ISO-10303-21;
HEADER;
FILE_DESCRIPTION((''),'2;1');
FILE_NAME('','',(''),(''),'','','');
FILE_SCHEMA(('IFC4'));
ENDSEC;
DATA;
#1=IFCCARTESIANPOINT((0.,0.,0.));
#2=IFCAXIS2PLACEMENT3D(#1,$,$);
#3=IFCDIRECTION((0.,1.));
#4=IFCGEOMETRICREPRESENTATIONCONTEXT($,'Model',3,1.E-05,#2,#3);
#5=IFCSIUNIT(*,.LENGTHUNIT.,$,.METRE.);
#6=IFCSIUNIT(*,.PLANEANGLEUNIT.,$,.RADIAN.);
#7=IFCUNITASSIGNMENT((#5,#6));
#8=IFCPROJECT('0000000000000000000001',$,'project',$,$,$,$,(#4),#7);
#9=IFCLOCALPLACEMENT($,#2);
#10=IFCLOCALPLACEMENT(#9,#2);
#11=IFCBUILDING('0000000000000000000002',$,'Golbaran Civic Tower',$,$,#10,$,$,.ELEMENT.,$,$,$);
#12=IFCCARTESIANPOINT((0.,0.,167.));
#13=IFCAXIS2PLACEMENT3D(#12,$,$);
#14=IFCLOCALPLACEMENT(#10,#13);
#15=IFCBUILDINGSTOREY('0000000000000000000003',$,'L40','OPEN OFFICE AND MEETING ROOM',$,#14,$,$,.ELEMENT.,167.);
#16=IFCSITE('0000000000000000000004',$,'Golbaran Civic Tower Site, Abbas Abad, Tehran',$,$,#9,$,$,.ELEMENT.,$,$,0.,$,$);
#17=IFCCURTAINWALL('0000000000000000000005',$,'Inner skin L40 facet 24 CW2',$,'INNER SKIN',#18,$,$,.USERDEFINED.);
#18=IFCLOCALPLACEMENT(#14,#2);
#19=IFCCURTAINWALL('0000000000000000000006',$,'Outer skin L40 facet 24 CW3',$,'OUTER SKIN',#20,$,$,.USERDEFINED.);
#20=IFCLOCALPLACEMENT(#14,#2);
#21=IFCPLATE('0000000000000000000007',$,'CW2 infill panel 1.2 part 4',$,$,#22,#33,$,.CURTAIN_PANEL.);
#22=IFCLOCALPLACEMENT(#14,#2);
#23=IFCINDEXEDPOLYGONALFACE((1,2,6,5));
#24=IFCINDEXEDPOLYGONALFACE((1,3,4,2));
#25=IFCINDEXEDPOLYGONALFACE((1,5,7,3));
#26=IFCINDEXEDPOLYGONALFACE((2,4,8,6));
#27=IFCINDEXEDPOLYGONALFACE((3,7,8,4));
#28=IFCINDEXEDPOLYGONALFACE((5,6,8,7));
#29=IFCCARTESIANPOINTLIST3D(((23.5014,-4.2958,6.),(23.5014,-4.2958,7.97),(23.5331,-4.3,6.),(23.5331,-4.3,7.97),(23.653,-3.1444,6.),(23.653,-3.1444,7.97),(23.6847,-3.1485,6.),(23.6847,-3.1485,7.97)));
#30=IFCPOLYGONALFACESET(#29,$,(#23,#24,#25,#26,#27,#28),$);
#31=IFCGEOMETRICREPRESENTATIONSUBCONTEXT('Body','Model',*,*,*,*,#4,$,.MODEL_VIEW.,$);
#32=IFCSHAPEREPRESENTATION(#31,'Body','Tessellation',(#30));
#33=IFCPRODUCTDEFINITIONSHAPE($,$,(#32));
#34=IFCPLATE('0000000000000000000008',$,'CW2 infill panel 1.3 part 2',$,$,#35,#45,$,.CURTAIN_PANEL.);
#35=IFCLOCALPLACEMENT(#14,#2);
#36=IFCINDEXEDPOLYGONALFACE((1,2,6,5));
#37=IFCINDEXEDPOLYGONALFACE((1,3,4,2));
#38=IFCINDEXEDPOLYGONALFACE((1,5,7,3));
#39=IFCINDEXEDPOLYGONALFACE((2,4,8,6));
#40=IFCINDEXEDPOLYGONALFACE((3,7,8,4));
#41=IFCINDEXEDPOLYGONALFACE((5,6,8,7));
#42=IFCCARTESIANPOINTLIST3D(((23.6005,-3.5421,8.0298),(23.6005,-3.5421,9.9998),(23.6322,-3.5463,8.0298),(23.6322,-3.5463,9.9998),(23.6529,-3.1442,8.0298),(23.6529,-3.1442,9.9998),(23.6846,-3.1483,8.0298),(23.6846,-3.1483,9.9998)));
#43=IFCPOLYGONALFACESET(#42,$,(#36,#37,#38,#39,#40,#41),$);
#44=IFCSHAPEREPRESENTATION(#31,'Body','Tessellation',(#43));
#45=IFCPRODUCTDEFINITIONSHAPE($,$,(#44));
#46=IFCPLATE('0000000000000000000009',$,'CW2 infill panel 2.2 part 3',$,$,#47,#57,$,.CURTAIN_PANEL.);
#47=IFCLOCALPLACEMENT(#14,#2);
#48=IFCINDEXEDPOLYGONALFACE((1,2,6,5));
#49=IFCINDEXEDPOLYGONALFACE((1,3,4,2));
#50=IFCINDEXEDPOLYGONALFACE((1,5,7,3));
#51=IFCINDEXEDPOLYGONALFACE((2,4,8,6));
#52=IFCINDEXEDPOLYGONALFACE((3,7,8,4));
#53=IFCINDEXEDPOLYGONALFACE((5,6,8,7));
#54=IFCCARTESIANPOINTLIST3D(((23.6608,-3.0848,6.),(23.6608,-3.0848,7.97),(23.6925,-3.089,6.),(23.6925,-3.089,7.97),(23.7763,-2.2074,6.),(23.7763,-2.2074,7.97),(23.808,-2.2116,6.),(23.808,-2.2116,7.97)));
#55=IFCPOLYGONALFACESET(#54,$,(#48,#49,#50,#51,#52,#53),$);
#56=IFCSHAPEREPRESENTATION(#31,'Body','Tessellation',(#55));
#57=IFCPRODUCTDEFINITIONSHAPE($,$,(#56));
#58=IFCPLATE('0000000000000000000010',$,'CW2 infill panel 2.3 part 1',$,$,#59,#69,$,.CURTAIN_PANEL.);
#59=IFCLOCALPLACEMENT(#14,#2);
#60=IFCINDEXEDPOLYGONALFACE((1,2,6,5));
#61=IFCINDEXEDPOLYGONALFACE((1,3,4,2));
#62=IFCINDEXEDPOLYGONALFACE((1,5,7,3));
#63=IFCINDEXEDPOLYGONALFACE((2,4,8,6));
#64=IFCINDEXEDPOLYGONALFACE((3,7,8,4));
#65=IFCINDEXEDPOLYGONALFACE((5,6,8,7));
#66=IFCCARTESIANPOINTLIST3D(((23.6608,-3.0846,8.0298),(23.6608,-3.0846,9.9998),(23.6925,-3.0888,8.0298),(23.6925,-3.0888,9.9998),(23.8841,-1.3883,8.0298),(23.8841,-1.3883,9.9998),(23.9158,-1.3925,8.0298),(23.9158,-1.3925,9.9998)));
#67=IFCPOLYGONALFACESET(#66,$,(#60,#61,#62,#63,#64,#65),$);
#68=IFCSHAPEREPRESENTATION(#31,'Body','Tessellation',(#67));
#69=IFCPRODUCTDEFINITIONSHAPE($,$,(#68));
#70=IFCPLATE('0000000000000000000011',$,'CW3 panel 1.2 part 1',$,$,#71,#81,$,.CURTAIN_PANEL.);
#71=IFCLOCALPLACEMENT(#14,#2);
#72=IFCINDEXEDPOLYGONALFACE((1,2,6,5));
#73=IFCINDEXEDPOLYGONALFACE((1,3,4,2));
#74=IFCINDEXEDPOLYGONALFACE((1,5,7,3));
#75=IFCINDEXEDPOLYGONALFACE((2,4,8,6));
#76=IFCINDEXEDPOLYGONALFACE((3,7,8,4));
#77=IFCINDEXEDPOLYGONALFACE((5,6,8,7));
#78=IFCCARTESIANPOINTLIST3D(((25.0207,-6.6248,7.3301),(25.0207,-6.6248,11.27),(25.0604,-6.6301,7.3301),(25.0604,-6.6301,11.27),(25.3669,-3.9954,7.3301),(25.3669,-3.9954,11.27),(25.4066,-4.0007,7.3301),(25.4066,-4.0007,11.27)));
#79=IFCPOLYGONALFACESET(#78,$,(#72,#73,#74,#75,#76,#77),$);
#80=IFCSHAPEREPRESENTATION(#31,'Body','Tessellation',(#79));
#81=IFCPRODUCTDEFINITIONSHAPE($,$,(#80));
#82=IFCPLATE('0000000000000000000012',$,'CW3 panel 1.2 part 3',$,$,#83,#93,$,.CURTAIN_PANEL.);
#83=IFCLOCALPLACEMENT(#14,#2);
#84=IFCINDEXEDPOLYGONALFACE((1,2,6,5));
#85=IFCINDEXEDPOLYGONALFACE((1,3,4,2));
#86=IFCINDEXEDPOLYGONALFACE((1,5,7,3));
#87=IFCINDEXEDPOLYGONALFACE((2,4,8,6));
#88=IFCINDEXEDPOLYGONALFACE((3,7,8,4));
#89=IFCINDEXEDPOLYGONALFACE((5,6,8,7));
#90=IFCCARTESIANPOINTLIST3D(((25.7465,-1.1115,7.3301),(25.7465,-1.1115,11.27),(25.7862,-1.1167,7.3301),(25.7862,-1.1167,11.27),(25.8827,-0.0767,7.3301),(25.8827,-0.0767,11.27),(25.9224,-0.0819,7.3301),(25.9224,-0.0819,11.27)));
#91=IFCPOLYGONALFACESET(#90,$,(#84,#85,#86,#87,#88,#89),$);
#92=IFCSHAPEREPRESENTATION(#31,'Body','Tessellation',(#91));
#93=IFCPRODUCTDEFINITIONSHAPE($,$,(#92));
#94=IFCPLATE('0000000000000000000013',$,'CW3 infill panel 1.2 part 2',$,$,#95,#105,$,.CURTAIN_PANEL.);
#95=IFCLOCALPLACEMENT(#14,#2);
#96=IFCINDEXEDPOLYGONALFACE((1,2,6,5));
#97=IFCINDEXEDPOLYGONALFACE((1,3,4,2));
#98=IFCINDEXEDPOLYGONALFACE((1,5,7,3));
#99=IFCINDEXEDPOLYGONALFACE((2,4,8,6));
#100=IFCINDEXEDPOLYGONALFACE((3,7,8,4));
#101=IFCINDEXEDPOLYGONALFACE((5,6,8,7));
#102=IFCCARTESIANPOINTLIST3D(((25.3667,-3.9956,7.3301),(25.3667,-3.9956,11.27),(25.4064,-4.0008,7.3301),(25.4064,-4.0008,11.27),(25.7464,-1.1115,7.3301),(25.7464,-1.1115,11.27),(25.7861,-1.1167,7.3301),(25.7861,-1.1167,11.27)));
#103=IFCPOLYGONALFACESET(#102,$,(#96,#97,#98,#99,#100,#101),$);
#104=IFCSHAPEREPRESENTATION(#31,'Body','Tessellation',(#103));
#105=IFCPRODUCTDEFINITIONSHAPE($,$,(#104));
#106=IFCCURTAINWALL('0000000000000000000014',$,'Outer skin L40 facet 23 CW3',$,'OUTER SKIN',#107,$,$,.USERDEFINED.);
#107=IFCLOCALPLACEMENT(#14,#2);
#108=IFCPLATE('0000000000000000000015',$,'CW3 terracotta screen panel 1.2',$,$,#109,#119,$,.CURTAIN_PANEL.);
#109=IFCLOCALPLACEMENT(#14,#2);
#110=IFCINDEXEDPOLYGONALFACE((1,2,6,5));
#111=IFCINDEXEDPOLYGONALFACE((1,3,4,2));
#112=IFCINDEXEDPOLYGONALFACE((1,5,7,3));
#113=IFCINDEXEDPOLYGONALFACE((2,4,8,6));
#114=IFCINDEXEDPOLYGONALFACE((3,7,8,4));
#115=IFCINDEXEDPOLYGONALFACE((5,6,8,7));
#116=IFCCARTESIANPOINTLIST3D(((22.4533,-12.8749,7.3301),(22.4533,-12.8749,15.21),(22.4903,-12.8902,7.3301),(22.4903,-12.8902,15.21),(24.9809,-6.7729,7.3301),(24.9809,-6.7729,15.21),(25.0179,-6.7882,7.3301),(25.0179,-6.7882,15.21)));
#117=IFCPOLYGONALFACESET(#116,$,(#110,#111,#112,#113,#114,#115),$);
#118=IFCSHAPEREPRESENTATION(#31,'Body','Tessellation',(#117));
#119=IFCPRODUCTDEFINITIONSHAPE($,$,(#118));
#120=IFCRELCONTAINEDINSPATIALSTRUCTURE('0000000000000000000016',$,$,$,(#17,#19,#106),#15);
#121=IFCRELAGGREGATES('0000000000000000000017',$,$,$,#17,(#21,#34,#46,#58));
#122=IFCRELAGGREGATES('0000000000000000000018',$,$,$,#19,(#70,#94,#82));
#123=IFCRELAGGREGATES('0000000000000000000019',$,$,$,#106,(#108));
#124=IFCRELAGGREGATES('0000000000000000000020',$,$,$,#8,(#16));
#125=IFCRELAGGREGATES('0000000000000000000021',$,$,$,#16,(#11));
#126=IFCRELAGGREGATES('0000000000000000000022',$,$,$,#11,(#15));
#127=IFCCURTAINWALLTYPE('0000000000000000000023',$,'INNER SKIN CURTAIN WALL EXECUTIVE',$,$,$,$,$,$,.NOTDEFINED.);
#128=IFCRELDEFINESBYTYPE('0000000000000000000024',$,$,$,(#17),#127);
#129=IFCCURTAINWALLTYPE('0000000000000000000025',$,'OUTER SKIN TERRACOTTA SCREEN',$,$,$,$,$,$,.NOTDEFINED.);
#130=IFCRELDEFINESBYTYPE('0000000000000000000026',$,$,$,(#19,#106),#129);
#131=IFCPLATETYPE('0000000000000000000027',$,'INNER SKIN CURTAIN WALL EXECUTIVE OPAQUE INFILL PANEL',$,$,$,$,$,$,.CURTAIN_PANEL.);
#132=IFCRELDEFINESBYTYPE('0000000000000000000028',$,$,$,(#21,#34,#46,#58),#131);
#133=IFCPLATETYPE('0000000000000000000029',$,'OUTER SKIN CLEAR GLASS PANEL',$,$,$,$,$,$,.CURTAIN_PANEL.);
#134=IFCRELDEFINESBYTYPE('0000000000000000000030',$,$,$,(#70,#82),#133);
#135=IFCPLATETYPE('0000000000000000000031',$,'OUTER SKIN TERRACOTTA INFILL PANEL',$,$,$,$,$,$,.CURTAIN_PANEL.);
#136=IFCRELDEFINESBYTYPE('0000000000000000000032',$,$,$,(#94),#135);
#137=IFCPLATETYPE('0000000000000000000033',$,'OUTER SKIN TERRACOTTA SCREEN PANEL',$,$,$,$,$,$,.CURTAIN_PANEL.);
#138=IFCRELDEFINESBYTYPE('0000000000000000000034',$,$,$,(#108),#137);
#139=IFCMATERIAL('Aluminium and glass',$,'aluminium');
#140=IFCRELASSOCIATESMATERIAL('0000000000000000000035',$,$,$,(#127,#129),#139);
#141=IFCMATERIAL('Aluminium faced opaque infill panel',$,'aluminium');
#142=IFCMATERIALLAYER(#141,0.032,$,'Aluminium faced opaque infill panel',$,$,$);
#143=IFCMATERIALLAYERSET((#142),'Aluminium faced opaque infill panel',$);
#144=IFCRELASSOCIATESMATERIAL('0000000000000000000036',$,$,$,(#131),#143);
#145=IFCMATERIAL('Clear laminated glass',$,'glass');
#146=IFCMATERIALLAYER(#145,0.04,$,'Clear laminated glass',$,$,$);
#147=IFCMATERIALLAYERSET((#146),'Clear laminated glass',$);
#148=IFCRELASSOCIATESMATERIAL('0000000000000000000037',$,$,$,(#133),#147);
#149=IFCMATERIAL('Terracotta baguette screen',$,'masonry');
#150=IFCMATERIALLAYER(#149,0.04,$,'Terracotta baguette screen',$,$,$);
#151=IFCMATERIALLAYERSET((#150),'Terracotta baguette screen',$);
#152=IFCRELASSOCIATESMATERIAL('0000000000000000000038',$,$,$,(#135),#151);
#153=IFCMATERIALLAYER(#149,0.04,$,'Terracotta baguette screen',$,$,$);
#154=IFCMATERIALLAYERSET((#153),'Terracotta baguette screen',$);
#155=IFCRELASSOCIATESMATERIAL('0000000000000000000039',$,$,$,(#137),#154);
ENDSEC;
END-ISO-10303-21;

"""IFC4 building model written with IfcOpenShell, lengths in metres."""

from ifc_helpers import new_model, si_unit, direction, frame, origin, origin_2d, place, context, subcontext, project, spatial, rectangle, extrude, material, layer, layer_set, type_object, element, aggregate, save


model = new_model("IFC4")

# Units and contexts
model_context = context("Model", 3, precision=1e-05, world=origin(), true_north=direction((0.0, 1.0)))
body_context = subcontext(model_context, "Body", "Model", "MODEL_VIEW")
ifc_project = project(units=[si_unit("LENGTHUNIT", "METRE"), si_unit("PLANEANGLEUNIT", "RADIAN")], contexts=[model_context])

# Site, building, storey
site_placement = place(None, origin())
site = spatial("IfcSite", under=ifc_project, at=site_placement, Name="Golbaran Civic Tower Site, Abbas Abad, Tehran", CompositionType="ELEMENT", RefElevation=0.0)
building_placement = place(site_placement, origin())
building = spatial("IfcBuilding", under=site, at=building_placement, Name="Golbaran Civic Tower", CompositionType="ELEMENT")
storey_placement = place(building_placement, frame((0.0, 0.0, 167.0)))
storey = spatial("IfcBuildingStorey", under=building, at=storey_placement, Name="L40", Description="OPEN OFFICE AND MEETING ROOM", CompositionType="ELEMENT", Elevation=167.0)

# Shared definitions
ifc_material_1 = material(Name="Aluminium and glass", Category="aluminium")
curtain_wall_type_1 = type_object("IfcCurtainWallType", Name="INNER SKIN CURTAIN WALL EXECUTIVE", PredefinedType="NOTDEFINED", material=ifc_material_1)

# Curtain wall
curtain_wall_1_placement = place(storey_placement, origin())
curtain_wall_1 = element("IfcCurtainWall", 1, at=curtain_wall_1_placement, inside=storey, type_object=curtain_wall_type_1, Name="Inner skin L40 facet 24 CW2", ObjectType="INNER SKIN", PredefinedType="USERDEFINED")

# Curtain wall
curtain_wall_type_2 = type_object("IfcCurtainWallType", Name="OUTER SKIN TERRACOTTA SCREEN", PredefinedType="NOTDEFINED", material=ifc_material_1)
curtain_wall_2_placement = place(storey_placement, origin())
curtain_wall_2 = element("IfcCurtainWall", 2, at=curtain_wall_2_placement, inside=storey, type_object=curtain_wall_type_2, Name="Outer skin L40 facet 24 CW3", ObjectType="OUTER SKIN", PredefinedType="USERDEFINED")

# Plates
ifc_material_2 = material(Name="Aluminium faced opaque infill panel", Category="aluminium")
ifc_layer_1 = layer(ifc_material_2, 0.032, Name="Aluminium faced opaque infill panel")
ifc_layer_set_1 = layer_set([ifc_layer_1], Name="Aluminium faced opaque infill panel")
plate_type_1 = type_object("IfcPlateType", Name="INNER SKIN CURTAIN WALL EXECUTIVE OPAQUE INFILL PANEL", PredefinedType="CURTAIN_PANEL", material=ifc_layer_set_1)
plate_1_placement = place(storey_placement, frame((23.593, -3.7222, 6.0), z_axis=(0.0, 0.0, 1.0), x_axis=(0.130526, 0.991445, 0.0)))
plate_1 = element("IfcPlate", 3, at=plate_1_placement, type_object=plate_type_1, Name="CW2 infill panel 1.2 part 4", PredefinedType="CURTAIN_PANEL", context=body_context, shape_type="SweptSolid", body=[
    extrude(rectangle(XDim=1.1614, YDim=0.032, at=origin_2d()), origin(), (0.0, 0.0, 1.0), 1.97),
])
plate_2_placement = place(storey_placement, frame((23.6426, -3.3452, 8.0298), z_axis=(0.0, 0.0, 1.0), x_axis=(0.130526, 0.991445, 0.0)))
plate_2 = element("IfcPlate", 4, at=plate_2_placement, type_object=plate_type_1, Name="CW2 infill panel 1.3 part 2", PredefinedType="CURTAIN_PANEL", context=body_context, shape_type="SweptSolid", body=[
    extrude(rectangle(XDim=0.4014, YDim=0.032, at=origin_2d()), origin(), (0.0, 0.0, 1.0), 1.97),
])
plate_3_placement = place(storey_placement, frame((23.7344, -2.6482, 6.0), z_axis=(0.0, 0.0, 1.0), x_axis=(0.130526, 0.991445, 0.0)))
plate_3 = element("IfcPlate", 5, at=plate_3_placement, type_object=plate_type_1, Name="CW2 infill panel 2.2 part 3", PredefinedType="CURTAIN_PANEL", context=body_context, shape_type="SweptSolid", body=[
    extrude(rectangle(XDim=0.885, YDim=0.032, at=origin_2d()), origin(), (0.0, 0.0, 1.0), 1.97),
])
plate_4_placement = place(storey_placement, frame((23.7883, -2.2385, 8.0298), z_axis=(0.0, 0.0, 1.0), x_axis=(0.130526, 0.991445, 0.0)))
plate_4 = element("IfcPlate", 6, at=plate_4_placement, type_object=plate_type_1, Name="CW2 infill panel 2.3 part 1", PredefinedType="CURTAIN_PANEL", context=body_context, shape_type="SweptSolid", body=[
    extrude(rectangle(XDim=1.7109, YDim=0.032, at=origin_2d()), origin(), (0.0, 0.0, 1.0), 1.97),
])
aggregate(curtain_wall_1, [plate_1, plate_2, plate_3, plate_4])
ifc_material_3 = material(Name="Clear laminated glass", Category="glass")
ifc_layer_2 = layer(ifc_material_3, 0.04, Name="Clear laminated glass")
ifc_layer_set_2 = layer_set([ifc_layer_2], Name="Clear laminated glass")
plate_type_2 = type_object("IfcPlateType", Name="OUTER SKIN CLEAR GLASS PANEL", PredefinedType="CURTAIN_PANEL", material=ifc_layer_set_2)
plate_5_placement = place(storey_placement, frame((25.2136, -5.3127, 7.3301), z_axis=(0.0, 0.0, 1.0), x_axis=(0.130526, 0.991445, 0.0)))
plate_5 = element("IfcPlate", 7, at=plate_5_placement, type_object=plate_type_2, Name="CW3 panel 1.2 part 1", PredefinedType="CURTAIN_PANEL", context=body_context, shape_type="SweptSolid", body=[
    extrude(rectangle(XDim=2.6521, YDim=0.04, at=origin_2d()), origin(), (0.0, 0.0, 1.0), 3.9399),
])
plate_6_placement = place(storey_placement, frame((25.8345, -0.5967, 7.3301), z_axis=(0.0, 0.0, 1.0), x_axis=(0.130526, 0.991445, 0.0)))
plate_6 = element("IfcPlate", 8, at=plate_6_placement, type_object=plate_type_2, Name="CW3 panel 1.2 part 3", PredefinedType="CURTAIN_PANEL", context=body_context, shape_type="SweptSolid", body=[
    extrude(rectangle(XDim=1.0437, YDim=0.04, at=origin_2d()), origin(), (0.0, 0.0, 1.0), 3.9399),
])
ifc_material_4 = material(Name="Terracotta baguette screen", Category="masonry")
ifc_layer_3 = layer(ifc_material_4, 0.04, Name="Terracotta baguette screen")
ifc_layer_set_3 = layer_set([ifc_layer_3], Name="Terracotta baguette screen")
plate_type_3 = type_object("IfcPlateType", Name="OUTER SKIN TERRACOTTA INFILL PANEL", PredefinedType="CURTAIN_PANEL", material=ifc_layer_set_3)
plate_7_placement = place(storey_placement, frame((25.5764, -2.5562, 7.3301), z_axis=(0.0, 0.0, 1.0), x_axis=(0.130526, 0.991445, 0.0)))
plate_7 = element("IfcPlate", 9, at=plate_7_placement, type_object=plate_type_3, Name="CW3 infill panel 1.2 part 2", PredefinedType="CURTAIN_PANEL", context=body_context, shape_type="SweptSolid", body=[
    extrude(rectangle(XDim=2.9089, YDim=0.04, at=origin_2d()), origin(), (0.0, 0.0, 1.0), 3.9399),
])
aggregate(curtain_wall_2, [plate_5, plate_7, plate_6])

# Curtain wall, plate
curtain_wall_3_placement = place(storey_placement, origin())
curtain_wall_3 = element("IfcCurtainWall", 10, at=curtain_wall_3_placement, inside=storey, type_object=curtain_wall_type_2, Name="Outer skin L40 facet 23 CW3", ObjectType="OUTER SKIN", PredefinedType="USERDEFINED")
ifc_layer_4 = layer(ifc_material_4, 0.04, Name="Terracotta baguette screen")
ifc_layer_set_4 = layer_set([ifc_layer_4], Name="Terracotta baguette screen")
plate_type_4 = type_object("IfcPlateType", Name="OUTER SKIN TERRACOTTA SCREEN PANEL", PredefinedType="CURTAIN_PANEL", material=ifc_layer_set_4)
plate_8_placement = place(storey_placement, frame((23.7356, -9.8315, 7.3301), z_axis=(0.0, 0.0, 1.0), x_axis=(0.382683, 0.92388, 0.0)))
plate_8 = element("IfcPlate", 11, at=plate_8_placement, type_object=plate_type_4, Name="CW3 terracotta screen panel 1.2", PredefinedType="CURTAIN_PANEL", context=body_context, shape_type="SweptSolid", body=[
    extrude(rectangle(XDim=6.6047, YDim=0.04, at=origin_2d()), origin(), (0.0, 0.0, 1.0), 7.8799),
])
aggregate(curtain_wall_3, [plate_8])

save(model, "model.ifc")
